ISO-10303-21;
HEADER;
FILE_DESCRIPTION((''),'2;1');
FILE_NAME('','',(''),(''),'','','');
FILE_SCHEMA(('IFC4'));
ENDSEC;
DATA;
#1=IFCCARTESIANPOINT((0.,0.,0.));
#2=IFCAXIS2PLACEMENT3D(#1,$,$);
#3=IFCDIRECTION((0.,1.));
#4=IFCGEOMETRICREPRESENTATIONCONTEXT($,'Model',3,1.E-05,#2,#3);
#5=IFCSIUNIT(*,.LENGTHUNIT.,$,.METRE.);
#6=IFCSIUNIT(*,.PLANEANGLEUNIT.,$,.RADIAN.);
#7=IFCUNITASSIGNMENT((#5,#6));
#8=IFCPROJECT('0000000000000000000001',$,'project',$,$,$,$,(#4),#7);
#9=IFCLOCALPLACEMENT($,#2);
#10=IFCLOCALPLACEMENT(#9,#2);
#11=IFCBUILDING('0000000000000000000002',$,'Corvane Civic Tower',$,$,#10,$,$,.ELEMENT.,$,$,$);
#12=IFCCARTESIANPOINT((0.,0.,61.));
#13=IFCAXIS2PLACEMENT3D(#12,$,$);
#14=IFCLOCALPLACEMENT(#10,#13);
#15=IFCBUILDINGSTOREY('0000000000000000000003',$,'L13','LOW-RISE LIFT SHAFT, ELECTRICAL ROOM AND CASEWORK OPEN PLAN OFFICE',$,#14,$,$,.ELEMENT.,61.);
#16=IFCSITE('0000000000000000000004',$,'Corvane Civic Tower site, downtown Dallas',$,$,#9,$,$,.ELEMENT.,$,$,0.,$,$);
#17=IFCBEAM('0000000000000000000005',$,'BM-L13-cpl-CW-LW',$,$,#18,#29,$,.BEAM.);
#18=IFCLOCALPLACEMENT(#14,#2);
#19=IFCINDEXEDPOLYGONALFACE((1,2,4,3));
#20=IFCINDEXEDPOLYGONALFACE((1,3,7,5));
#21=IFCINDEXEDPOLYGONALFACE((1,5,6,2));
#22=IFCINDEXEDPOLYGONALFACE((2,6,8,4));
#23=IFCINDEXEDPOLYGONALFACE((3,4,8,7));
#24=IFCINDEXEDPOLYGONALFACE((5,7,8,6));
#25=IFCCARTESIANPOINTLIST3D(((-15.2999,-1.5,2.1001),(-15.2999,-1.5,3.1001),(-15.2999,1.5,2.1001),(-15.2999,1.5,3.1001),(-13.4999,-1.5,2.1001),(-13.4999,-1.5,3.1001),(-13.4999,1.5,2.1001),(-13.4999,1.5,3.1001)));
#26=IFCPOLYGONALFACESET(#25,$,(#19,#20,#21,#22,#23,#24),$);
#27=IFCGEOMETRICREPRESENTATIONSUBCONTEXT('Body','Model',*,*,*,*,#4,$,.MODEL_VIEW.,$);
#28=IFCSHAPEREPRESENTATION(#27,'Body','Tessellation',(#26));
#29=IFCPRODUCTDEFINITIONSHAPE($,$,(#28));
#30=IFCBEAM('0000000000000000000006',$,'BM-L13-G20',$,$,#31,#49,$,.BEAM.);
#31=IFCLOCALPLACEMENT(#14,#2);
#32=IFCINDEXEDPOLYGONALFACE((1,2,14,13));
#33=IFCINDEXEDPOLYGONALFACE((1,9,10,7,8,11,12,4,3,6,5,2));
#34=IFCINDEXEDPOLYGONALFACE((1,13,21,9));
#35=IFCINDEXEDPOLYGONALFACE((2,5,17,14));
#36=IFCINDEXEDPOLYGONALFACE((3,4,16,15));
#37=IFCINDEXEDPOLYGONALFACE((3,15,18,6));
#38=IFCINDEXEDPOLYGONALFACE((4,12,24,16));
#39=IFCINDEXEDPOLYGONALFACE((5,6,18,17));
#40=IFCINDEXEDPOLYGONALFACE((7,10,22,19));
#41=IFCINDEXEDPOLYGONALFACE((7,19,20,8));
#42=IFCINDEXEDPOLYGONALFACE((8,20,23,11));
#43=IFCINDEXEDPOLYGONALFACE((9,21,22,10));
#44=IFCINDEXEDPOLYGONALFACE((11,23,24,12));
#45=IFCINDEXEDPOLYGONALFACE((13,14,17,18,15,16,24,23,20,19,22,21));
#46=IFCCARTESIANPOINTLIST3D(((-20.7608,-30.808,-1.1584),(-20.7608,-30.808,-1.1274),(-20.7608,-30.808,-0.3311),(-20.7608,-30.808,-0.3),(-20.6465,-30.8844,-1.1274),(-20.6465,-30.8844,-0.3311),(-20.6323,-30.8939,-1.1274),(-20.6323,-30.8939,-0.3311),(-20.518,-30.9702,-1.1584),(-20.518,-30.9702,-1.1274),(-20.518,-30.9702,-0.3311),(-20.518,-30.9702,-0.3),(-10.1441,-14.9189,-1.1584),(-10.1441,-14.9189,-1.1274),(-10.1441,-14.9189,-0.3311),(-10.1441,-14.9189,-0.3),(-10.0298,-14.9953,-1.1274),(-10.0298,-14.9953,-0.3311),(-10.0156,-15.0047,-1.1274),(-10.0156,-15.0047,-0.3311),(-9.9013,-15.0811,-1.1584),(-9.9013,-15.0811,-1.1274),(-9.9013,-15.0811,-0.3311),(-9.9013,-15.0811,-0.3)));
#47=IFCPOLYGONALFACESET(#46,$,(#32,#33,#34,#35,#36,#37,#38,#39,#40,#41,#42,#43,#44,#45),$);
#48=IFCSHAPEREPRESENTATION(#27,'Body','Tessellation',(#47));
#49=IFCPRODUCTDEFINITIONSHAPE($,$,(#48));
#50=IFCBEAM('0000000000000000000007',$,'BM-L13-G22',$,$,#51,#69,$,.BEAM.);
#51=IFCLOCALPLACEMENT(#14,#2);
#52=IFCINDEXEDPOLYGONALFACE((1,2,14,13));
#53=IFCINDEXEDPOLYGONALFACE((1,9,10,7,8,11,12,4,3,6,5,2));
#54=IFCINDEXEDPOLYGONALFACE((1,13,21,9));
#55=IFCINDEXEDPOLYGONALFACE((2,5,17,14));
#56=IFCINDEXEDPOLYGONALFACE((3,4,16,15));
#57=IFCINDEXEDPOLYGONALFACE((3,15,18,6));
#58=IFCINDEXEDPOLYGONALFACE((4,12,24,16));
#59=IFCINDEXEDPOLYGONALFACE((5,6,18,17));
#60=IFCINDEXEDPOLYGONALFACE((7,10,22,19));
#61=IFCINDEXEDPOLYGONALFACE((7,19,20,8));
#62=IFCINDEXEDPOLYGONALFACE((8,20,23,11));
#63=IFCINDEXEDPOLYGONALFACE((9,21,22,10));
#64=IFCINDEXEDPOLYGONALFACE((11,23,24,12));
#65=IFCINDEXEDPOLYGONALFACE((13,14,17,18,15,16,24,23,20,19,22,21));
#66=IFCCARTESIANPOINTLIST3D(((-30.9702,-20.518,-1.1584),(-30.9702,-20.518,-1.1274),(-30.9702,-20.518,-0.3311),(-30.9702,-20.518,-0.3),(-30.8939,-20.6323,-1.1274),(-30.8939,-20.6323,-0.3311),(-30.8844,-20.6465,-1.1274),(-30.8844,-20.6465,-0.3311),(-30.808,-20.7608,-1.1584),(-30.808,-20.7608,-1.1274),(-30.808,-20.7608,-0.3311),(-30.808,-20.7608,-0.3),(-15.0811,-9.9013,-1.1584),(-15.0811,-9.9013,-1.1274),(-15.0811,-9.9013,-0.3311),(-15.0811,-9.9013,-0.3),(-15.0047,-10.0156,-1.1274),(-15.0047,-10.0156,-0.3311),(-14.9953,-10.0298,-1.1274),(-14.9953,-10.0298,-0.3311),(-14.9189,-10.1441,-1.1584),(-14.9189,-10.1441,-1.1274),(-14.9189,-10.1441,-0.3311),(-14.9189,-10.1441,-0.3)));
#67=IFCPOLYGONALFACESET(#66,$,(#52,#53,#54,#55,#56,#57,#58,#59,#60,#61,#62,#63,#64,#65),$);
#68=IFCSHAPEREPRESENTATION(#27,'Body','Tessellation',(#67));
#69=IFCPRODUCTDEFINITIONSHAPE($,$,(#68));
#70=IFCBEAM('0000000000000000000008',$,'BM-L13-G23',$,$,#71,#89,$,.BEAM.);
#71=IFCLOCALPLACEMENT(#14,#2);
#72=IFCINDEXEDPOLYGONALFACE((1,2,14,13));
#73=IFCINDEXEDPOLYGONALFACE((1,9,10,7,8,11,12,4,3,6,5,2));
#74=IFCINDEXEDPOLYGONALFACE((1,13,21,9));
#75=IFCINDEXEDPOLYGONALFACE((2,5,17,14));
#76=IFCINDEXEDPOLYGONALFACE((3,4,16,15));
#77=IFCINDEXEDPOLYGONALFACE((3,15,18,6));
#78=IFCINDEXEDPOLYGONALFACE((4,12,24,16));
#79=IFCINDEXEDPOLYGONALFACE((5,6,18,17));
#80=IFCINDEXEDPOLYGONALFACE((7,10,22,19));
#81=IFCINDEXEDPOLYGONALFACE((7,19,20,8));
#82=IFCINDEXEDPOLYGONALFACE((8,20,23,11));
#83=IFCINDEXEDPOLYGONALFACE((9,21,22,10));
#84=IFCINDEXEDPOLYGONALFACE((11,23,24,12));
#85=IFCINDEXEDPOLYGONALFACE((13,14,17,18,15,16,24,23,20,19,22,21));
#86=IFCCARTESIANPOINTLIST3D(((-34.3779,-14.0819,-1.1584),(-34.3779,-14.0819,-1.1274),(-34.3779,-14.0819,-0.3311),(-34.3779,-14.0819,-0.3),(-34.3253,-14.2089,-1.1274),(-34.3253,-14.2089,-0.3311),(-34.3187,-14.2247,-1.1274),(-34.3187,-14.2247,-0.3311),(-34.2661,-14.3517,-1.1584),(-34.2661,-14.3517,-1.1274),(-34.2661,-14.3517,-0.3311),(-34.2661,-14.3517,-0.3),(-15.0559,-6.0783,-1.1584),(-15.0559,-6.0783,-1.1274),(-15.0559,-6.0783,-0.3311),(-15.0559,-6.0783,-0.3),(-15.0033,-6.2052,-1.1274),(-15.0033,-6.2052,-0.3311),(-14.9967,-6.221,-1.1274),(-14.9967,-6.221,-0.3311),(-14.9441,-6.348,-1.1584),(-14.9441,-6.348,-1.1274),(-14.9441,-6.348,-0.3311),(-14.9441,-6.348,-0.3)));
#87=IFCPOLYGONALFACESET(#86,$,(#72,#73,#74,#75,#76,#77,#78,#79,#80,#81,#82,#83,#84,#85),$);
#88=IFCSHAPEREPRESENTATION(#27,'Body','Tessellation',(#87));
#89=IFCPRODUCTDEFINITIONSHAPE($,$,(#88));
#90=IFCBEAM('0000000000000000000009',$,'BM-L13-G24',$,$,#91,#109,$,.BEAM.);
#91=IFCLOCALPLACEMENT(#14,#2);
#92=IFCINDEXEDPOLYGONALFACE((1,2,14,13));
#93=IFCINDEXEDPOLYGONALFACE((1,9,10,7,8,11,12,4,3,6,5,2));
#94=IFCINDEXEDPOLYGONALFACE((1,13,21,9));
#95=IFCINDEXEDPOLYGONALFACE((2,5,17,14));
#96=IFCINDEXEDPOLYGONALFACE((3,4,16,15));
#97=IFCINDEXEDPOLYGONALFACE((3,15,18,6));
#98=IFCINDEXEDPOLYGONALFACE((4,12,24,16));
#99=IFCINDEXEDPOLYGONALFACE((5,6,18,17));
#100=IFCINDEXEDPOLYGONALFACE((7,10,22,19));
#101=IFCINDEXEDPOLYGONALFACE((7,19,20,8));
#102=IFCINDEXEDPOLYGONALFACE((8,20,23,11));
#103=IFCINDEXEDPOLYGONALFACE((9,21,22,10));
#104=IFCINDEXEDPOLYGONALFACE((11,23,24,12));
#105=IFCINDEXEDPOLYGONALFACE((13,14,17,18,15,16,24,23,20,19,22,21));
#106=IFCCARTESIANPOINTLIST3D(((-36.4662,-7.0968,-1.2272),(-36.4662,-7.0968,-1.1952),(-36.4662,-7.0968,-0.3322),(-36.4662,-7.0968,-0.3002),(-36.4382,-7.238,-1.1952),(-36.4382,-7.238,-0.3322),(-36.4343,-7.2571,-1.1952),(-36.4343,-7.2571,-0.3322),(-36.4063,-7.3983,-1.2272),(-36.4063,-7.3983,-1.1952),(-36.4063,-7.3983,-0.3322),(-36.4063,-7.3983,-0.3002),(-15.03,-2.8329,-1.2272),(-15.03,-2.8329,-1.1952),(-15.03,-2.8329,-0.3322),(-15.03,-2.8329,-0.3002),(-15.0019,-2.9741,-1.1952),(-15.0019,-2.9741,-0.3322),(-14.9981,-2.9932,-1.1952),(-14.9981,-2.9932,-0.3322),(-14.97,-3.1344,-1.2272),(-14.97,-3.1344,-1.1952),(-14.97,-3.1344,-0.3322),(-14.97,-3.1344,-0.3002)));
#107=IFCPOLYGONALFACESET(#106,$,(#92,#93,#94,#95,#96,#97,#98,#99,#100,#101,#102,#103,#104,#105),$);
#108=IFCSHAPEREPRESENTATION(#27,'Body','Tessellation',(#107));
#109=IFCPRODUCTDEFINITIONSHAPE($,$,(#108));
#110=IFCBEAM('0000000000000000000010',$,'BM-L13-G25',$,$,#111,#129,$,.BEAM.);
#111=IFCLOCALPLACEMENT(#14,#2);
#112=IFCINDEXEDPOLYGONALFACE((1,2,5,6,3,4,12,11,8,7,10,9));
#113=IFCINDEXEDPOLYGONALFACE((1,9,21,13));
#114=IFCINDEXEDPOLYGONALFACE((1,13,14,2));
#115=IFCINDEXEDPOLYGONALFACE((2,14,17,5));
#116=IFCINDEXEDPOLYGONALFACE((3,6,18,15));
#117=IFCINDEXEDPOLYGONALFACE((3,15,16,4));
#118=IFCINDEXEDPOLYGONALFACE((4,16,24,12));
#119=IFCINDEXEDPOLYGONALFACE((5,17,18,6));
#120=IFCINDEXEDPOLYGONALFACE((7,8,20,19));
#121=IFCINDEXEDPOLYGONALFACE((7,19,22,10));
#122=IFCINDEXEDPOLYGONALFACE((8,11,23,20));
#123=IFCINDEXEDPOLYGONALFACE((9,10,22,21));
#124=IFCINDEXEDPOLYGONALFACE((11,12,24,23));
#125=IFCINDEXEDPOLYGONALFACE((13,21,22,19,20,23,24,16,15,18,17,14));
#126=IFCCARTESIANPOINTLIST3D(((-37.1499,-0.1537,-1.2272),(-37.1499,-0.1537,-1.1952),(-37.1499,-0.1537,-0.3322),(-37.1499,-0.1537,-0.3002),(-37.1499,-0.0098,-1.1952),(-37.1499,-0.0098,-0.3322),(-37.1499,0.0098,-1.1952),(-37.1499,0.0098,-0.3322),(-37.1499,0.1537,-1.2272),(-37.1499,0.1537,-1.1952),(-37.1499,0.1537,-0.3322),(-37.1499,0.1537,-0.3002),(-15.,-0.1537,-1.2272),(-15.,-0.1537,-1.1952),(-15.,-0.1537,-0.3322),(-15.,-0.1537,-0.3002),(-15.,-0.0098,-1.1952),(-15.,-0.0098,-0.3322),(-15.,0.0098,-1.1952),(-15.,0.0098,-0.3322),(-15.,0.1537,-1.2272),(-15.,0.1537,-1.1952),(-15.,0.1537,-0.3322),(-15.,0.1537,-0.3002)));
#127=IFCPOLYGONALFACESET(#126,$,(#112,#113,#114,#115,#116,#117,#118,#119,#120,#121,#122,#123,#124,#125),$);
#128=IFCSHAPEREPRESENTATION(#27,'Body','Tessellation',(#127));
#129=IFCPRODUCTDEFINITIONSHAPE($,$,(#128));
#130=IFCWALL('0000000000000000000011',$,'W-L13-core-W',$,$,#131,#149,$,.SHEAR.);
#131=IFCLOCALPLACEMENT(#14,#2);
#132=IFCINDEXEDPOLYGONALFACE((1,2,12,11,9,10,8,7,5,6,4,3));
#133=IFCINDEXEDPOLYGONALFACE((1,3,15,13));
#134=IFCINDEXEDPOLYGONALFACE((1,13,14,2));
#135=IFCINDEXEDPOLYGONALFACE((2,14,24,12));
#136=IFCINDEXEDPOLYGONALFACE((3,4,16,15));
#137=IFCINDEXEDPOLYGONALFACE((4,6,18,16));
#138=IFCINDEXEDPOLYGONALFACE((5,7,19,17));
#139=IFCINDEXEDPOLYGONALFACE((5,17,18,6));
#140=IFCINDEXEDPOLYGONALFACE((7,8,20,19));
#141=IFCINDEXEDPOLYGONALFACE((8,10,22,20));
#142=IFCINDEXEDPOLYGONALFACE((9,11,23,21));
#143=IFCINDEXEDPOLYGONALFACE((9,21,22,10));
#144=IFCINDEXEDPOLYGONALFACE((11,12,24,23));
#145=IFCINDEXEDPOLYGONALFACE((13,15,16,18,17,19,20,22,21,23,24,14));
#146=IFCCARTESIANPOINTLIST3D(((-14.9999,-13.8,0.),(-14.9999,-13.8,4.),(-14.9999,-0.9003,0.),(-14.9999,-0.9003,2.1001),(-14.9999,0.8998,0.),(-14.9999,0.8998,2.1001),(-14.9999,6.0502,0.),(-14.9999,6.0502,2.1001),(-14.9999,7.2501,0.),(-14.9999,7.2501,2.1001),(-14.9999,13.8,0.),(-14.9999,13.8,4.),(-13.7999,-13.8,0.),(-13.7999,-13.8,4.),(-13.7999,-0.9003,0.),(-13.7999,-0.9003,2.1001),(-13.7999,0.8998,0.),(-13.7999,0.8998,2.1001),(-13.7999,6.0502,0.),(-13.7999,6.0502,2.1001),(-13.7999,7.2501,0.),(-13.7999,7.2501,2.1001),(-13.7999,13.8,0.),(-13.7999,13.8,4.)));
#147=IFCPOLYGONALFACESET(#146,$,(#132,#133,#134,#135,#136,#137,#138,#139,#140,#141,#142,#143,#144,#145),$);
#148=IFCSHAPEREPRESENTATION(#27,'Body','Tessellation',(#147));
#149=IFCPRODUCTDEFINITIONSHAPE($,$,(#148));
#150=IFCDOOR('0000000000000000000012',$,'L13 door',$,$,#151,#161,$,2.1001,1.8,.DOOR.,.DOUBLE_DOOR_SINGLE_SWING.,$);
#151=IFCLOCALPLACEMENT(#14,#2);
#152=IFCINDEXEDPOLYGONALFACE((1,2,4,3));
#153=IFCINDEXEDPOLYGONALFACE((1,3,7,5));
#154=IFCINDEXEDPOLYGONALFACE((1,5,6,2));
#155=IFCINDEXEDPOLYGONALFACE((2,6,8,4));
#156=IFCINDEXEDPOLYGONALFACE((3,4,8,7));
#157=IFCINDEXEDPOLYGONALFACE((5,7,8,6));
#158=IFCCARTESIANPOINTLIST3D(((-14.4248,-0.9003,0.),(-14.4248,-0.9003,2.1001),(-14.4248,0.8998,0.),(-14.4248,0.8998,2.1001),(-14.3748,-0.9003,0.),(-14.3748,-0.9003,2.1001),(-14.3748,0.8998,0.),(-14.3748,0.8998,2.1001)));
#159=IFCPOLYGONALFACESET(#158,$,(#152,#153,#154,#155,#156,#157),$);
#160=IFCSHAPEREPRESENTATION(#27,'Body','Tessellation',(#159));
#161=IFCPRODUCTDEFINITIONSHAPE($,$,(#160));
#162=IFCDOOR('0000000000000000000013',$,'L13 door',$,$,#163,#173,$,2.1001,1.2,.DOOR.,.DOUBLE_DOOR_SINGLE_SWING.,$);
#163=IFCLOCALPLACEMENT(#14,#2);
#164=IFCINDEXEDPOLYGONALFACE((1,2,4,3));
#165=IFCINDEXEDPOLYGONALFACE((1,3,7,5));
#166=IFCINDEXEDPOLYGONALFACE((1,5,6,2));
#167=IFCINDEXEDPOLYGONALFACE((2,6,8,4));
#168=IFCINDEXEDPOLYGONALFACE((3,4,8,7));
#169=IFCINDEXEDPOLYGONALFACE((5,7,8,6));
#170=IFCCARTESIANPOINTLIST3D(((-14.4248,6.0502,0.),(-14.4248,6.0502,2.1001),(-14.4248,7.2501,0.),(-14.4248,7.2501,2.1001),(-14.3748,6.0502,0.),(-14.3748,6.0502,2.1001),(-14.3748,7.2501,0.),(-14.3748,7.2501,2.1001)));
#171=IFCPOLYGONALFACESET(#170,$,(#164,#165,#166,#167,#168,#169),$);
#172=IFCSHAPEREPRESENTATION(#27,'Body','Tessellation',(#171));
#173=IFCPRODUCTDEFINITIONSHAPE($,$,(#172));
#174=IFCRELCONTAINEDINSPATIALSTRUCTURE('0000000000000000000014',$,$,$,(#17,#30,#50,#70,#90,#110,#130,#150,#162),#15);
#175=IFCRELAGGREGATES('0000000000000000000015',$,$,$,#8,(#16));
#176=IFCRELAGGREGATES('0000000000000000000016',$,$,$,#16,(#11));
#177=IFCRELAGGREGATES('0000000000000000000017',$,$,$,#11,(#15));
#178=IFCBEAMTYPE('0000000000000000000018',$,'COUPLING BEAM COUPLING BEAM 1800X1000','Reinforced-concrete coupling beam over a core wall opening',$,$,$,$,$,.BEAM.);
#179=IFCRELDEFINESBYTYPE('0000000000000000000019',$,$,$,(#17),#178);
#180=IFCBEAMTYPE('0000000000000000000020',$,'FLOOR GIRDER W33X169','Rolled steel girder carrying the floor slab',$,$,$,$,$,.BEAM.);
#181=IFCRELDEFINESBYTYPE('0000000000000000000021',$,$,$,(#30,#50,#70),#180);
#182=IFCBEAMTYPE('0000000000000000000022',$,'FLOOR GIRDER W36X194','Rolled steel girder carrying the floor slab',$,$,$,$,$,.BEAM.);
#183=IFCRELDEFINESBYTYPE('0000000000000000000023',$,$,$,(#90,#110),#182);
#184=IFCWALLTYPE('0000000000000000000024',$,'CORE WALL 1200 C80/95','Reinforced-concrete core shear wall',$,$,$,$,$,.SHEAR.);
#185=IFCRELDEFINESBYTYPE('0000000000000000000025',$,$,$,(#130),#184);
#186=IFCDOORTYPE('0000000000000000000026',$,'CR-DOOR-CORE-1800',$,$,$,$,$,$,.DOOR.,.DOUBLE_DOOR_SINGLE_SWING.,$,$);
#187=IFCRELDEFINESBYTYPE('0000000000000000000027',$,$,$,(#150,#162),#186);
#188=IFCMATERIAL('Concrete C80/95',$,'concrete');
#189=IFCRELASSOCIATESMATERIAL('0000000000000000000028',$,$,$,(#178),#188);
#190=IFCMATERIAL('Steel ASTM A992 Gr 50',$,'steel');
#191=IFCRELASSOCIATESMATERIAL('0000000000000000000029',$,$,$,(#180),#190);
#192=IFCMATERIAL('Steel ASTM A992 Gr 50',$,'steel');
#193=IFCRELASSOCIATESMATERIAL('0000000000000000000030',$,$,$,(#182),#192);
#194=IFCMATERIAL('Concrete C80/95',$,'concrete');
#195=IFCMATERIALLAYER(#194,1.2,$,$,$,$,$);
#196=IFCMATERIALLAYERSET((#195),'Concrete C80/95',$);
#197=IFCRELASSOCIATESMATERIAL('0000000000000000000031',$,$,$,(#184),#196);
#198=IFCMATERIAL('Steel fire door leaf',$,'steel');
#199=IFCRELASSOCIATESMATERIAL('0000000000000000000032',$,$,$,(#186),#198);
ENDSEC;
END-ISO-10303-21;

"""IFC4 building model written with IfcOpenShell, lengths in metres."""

from ifc_helpers import new_model, si_unit, direction, frame, frame_2d, origin, origin_2d, place, context, subcontext, project, spatial, rectangle, i_section, extrude, material, layer, layer_set, material_profile, profile_set, type_object, element, fill, save


model = new_model("IFC4")

# Units and contexts
model_context = context("Model", 3, precision=1e-05, world=origin(), true_north=direction((0.0, 1.0)))
body_context = subcontext(model_context, "Body", "Model", "MODEL_VIEW")
ifc_project = project(units=[si_unit("LENGTHUNIT", "METRE"), si_unit("PLANEANGLEUNIT", "RADIAN")], contexts=[model_context])

# Site, building, storey
site_placement = place(None, origin())
site = spatial("IfcSite", under=ifc_project, at=site_placement, Name="Corvane Civic Tower site, downtown Dallas", CompositionType="ELEMENT", RefElevation=0.0)
building_placement = place(site_placement, origin())
building = spatial("IfcBuilding", under=site, at=building_placement, Name="Corvane Civic Tower", CompositionType="ELEMENT")
storey_placement = place(building_placement, frame((0.0, 0.0, 61.0)))
storey = spatial("IfcBuildingStorey", under=building, at=storey_placement, Name="L13", Description="LOW-RISE LIFT SHAFT, ELECTRICAL ROOM AND CASEWORK OPEN PLAN OFFICE", CompositionType="ELEMENT", Elevation=61.0)

# Beams
ifc_material_1 = material(Name="Concrete C80/95", Category="concrete")
ifc_material_profile_1 = material_profile(ifc_material_1, rectangle(XDim=1.8, YDim=1.0, at=origin_2d()), Name="COUPLING BEAM 1800X1000")
ifc_profile_set_1 = profile_set([ifc_material_profile_1], Name="Concrete C80/95")
beam_type_1 = type_object("IfcBeamType", Name="COUPLING BEAM COUPLING BEAM 1800X1000", Description="Reinforced-concrete coupling beam over a core wall opening", PredefinedType="BEAM", material=ifc_profile_set_1)
beam_1_placement = place(storey_placement, frame((-14.3999, -1.5, 2.6001), z_axis=(0.0, 1.0, 0.0), x_axis=(-1.0, 0.0, 0.0)))
element("IfcBeam", 1, at=beam_1_placement, inside=storey, type_object=beam_type_1, Name="BM-L13-cpl-CW-LW", PredefinedType="BEAM", context=body_context, shape_type="SweptSolid", body=[
    extrude(rectangle(XDim=1.8, YDim=1.0, at=origin_2d()), origin(), (0.0, 0.0, 1.0), 3.0),
])
ifc_material_2 = material(Name="Steel ASTM A992 Gr 50", Category="steel")
ifc_material_profile_2 = material_profile(ifc_material_2, i_section(OverallWidth=0.292, OverallDepth=0.8584, WebThickness=0.0171, FlangeThickness=0.031, at=origin_2d()), Name="W33X169")
ifc_profile_set_2 = profile_set([ifc_material_profile_2], Name="Steel ASTM A992 Gr 50")
beam_type_2 = type_object("IfcBeamType", Name="FLOOR GIRDER W33X169", Description="Rolled steel girder carrying the floor slab", PredefinedType="BEAM", material=ifc_profile_set_2)
for number, where, z_axis, x_axis, name in (
    (2, (-10.0227, -15.0, -0.7292), (-0.555567, -0.831472, 0.0), (0.831472, -0.555567, 0.0), "BM-L13-G20"),
    (3, (-15.0, -10.0227, -0.7292), (-0.831472, -0.555567, 0.0), (0.555567, -0.831472, 0.0), "BM-L13-G22"),
):
    element("IfcBeam", number, at=place(storey_placement, frame(where, z_axis=z_axis, x_axis=x_axis)), inside=storey, type_object=beam_type_2, Name=name, PredefinedType="BEAM", context=body_context, shape_type="SweptSolid", body=[
        extrude(i_section(OverallWidth=0.292, OverallDepth=0.8584, WebThickness=0.0171, FlangeThickness=0.031, at=origin_2d()), origin(), (0.0, 0.0, 1.0), 19.1096),
    ])
beam_2_placement = place(storey_placement, frame((-15.0, -6.2131, -0.7292), z_axis=(-0.923876, -0.382692, 0.0), x_axis=(0.382692, -0.923876, 0.0)))
element("IfcBeam", 4, at=beam_2_placement, inside=storey, type_object=beam_type_2, Name="BM-L13-G23", PredefinedType="BEAM", context=body_context, shape_type="SweptSolid", body=[
    extrude(i_section(OverallWidth=0.292, OverallDepth=0.8584, WebThickness=0.0171, FlangeThickness=0.031, at=origin_2d()), origin(), (0.0, 0.0, 1.0), 20.9141),
])
ifc_material_3 = material(Name="Steel ASTM A992 Gr 50", Category="steel")
ifc_material_profile_3 = material_profile(ifc_material_3, i_section(OverallWidth=0.3074, OverallDepth=0.927, WebThickness=0.0195, FlangeThickness=0.032, at=origin_2d()), Name="W36X194")
ifc_profile_set_3 = profile_set([ifc_material_profile_3], Name="Steel ASTM A992 Gr 50")
beam_type_3 = type_object("IfcBeamType", Name="FLOOR GIRDER W36X194", Description="Rolled steel girder carrying the floor slab", PredefinedType="BEAM", material=ifc_profile_set_3)
beam_3_placement = place(storey_placement, frame((-15.0, -2.9836, -0.7637), z_axis=(-0.980785, -0.195089, 0.0), x_axis=(0.195089, -0.980785, 0.0)))
element("IfcBeam", 5, at=beam_3_placement, inside=storey, type_object=beam_type_3, Name="BM-L13-G24", PredefinedType="BEAM", context=body_context, shape_type="SweptSolid", body=[
    extrude(i_section(OverallWidth=0.3074, OverallDepth=0.927, WebThickness=0.0195, FlangeThickness=0.032, at=origin_2d()), origin(), (0.0, 0.0, 1.0), 21.8562),
])
beam_4_placement = place(storey_placement, frame((-15.0, 0.0, -0.7637), z_axis=(-1.0, 0.0, 0.0), x_axis=(0.0, -1.0, 0.0)))
element("IfcBeam", 6, at=beam_4_placement, inside=storey, type_object=beam_type_3, Name="BM-L13-G25", PredefinedType="BEAM", context=body_context, shape_type="SweptSolid", body=[
    extrude(i_section(OverallWidth=0.3074, OverallDepth=0.927, WebThickness=0.0195, FlangeThickness=0.032, at=origin_2d()), origin(), (0.0, 0.0, 1.0), 22.1499),
])

# Wall, openings, doors
ifc_material_4 = material(Name="Concrete C80/95", Category="concrete")
ifc_layer_1 = layer(ifc_material_4, 1.2)
ifc_layer_set_1 = layer_set([ifc_layer_1], Name="Concrete C80/95")
wall_type_1 = type_object("IfcWallType", Name="CORE WALL 1200 C80/95", Description="Reinforced-concrete core shear wall", PredefinedType="SHEAR", material=ifc_layer_set_1)
wall_1_placement = place(storey_placement, frame((-14.3999, -13.8, 0.0), z_axis=(0.0, 0.0, 1.0), x_axis=(0.0, 1.0, 0.0)))
wall_1 = element("IfcWall", 7, at=wall_1_placement, inside=storey, type_object=wall_type_1, Name="W-L13-core-W", PredefinedType="SHEAR", context=body_context, shape_type="SweptSolid", body=[
    extrude(rectangle(XDim=27.6001, YDim=1.2, at=frame_2d((13.8, 0.0))), origin(), (0.0, 0.0, 1.0), 4.0),
])
opening_1_placement = place(wall_1_placement, frame((12.8999, 0.0, 0.0)))
opening_1 = element("IfcOpeningElement", 8, at=opening_1_placement, cuts=wall_1, PredefinedType="OPENING", context=body_context, shape_type="SweptSolid", body=[
    extrude(rectangle(XDim=1.8, YDim=2.1001, at=frame_2d((0.8999, 1.05))), frame((0.0, 0.6099, 0.0), z_axis=(0.0, -1.0, 0.0), x_axis=(1.0, 0.0, 0.0)), (0.0, 0.0, 1.0), 1.22),
])
opening_2_placement = place(wall_1_placement, frame((19.8501, 0.0, 0.0)))
opening_2 = element("IfcOpeningElement", 9, at=opening_2_placement, cuts=wall_1, PredefinedType="OPENING", context=body_context, shape_type="SweptSolid", body=[
    extrude(rectangle(XDim=1.2, YDim=2.1001, at=frame_2d((0.6001, 1.05))), frame((0.0, 0.6099, 0.0), z_axis=(0.0, -1.0, 0.0), x_axis=(1.0, 0.0, 0.0)), (0.0, 0.0, 1.0), 1.22),
])
ifc_material_5 = material(Name="Steel fire door leaf", Category="steel")
door_type_1 = type_object("IfcDoorType", Name="CR-DOOR-CORE-1800", OperationType="DOUBLE_DOOR_SINGLE_SWING", PredefinedType="DOOR", material=ifc_material_5)
door_1_placement = place(opening_1_placement, origin())
door_1 = element("IfcDoor", 10, at=door_1_placement, inside=storey, type_object=door_type_1, Name="L13 door", OperationType="DOUBLE_DOOR_SINGLE_SWING", OverallHeight=2.1001, OverallWidth=1.8, PredefinedType="DOOR", context=body_context, shape_type="SweptSolid", body=[
    extrude(rectangle(XDim=1.8, YDim=2.1001, at=frame_2d((0.8999, 1.05))), frame((0.0, 0.0249, 0.0), z_axis=(0.0, -1.0, 0.0), x_axis=(1.0, 0.0, 0.0)), (0.0, 0.0, 1.0), 0.05),
])
fill(opening_1, door_1)
door_2_placement = place(opening_2_placement, origin())
door_2 = element("IfcDoor", 11, at=door_2_placement, inside=storey, type_object=door_type_1, Name="L13 door", OperationType="DOUBLE_DOOR_SINGLE_SWING", OverallHeight=2.1001, OverallWidth=1.2, PredefinedType="DOOR", context=body_context, shape_type="SweptSolid", body=[
    extrude(rectangle(XDim=1.2, YDim=2.1001, at=frame_2d((0.6001, 1.05))), frame((0.0, 0.0249, 0.0), z_axis=(0.0, -1.0, 0.0), x_axis=(1.0, 0.0, 0.0)), (0.0, 0.0, 1.0), 0.05),
])
fill(opening_2, door_2)

save(model, "model.ifc")
